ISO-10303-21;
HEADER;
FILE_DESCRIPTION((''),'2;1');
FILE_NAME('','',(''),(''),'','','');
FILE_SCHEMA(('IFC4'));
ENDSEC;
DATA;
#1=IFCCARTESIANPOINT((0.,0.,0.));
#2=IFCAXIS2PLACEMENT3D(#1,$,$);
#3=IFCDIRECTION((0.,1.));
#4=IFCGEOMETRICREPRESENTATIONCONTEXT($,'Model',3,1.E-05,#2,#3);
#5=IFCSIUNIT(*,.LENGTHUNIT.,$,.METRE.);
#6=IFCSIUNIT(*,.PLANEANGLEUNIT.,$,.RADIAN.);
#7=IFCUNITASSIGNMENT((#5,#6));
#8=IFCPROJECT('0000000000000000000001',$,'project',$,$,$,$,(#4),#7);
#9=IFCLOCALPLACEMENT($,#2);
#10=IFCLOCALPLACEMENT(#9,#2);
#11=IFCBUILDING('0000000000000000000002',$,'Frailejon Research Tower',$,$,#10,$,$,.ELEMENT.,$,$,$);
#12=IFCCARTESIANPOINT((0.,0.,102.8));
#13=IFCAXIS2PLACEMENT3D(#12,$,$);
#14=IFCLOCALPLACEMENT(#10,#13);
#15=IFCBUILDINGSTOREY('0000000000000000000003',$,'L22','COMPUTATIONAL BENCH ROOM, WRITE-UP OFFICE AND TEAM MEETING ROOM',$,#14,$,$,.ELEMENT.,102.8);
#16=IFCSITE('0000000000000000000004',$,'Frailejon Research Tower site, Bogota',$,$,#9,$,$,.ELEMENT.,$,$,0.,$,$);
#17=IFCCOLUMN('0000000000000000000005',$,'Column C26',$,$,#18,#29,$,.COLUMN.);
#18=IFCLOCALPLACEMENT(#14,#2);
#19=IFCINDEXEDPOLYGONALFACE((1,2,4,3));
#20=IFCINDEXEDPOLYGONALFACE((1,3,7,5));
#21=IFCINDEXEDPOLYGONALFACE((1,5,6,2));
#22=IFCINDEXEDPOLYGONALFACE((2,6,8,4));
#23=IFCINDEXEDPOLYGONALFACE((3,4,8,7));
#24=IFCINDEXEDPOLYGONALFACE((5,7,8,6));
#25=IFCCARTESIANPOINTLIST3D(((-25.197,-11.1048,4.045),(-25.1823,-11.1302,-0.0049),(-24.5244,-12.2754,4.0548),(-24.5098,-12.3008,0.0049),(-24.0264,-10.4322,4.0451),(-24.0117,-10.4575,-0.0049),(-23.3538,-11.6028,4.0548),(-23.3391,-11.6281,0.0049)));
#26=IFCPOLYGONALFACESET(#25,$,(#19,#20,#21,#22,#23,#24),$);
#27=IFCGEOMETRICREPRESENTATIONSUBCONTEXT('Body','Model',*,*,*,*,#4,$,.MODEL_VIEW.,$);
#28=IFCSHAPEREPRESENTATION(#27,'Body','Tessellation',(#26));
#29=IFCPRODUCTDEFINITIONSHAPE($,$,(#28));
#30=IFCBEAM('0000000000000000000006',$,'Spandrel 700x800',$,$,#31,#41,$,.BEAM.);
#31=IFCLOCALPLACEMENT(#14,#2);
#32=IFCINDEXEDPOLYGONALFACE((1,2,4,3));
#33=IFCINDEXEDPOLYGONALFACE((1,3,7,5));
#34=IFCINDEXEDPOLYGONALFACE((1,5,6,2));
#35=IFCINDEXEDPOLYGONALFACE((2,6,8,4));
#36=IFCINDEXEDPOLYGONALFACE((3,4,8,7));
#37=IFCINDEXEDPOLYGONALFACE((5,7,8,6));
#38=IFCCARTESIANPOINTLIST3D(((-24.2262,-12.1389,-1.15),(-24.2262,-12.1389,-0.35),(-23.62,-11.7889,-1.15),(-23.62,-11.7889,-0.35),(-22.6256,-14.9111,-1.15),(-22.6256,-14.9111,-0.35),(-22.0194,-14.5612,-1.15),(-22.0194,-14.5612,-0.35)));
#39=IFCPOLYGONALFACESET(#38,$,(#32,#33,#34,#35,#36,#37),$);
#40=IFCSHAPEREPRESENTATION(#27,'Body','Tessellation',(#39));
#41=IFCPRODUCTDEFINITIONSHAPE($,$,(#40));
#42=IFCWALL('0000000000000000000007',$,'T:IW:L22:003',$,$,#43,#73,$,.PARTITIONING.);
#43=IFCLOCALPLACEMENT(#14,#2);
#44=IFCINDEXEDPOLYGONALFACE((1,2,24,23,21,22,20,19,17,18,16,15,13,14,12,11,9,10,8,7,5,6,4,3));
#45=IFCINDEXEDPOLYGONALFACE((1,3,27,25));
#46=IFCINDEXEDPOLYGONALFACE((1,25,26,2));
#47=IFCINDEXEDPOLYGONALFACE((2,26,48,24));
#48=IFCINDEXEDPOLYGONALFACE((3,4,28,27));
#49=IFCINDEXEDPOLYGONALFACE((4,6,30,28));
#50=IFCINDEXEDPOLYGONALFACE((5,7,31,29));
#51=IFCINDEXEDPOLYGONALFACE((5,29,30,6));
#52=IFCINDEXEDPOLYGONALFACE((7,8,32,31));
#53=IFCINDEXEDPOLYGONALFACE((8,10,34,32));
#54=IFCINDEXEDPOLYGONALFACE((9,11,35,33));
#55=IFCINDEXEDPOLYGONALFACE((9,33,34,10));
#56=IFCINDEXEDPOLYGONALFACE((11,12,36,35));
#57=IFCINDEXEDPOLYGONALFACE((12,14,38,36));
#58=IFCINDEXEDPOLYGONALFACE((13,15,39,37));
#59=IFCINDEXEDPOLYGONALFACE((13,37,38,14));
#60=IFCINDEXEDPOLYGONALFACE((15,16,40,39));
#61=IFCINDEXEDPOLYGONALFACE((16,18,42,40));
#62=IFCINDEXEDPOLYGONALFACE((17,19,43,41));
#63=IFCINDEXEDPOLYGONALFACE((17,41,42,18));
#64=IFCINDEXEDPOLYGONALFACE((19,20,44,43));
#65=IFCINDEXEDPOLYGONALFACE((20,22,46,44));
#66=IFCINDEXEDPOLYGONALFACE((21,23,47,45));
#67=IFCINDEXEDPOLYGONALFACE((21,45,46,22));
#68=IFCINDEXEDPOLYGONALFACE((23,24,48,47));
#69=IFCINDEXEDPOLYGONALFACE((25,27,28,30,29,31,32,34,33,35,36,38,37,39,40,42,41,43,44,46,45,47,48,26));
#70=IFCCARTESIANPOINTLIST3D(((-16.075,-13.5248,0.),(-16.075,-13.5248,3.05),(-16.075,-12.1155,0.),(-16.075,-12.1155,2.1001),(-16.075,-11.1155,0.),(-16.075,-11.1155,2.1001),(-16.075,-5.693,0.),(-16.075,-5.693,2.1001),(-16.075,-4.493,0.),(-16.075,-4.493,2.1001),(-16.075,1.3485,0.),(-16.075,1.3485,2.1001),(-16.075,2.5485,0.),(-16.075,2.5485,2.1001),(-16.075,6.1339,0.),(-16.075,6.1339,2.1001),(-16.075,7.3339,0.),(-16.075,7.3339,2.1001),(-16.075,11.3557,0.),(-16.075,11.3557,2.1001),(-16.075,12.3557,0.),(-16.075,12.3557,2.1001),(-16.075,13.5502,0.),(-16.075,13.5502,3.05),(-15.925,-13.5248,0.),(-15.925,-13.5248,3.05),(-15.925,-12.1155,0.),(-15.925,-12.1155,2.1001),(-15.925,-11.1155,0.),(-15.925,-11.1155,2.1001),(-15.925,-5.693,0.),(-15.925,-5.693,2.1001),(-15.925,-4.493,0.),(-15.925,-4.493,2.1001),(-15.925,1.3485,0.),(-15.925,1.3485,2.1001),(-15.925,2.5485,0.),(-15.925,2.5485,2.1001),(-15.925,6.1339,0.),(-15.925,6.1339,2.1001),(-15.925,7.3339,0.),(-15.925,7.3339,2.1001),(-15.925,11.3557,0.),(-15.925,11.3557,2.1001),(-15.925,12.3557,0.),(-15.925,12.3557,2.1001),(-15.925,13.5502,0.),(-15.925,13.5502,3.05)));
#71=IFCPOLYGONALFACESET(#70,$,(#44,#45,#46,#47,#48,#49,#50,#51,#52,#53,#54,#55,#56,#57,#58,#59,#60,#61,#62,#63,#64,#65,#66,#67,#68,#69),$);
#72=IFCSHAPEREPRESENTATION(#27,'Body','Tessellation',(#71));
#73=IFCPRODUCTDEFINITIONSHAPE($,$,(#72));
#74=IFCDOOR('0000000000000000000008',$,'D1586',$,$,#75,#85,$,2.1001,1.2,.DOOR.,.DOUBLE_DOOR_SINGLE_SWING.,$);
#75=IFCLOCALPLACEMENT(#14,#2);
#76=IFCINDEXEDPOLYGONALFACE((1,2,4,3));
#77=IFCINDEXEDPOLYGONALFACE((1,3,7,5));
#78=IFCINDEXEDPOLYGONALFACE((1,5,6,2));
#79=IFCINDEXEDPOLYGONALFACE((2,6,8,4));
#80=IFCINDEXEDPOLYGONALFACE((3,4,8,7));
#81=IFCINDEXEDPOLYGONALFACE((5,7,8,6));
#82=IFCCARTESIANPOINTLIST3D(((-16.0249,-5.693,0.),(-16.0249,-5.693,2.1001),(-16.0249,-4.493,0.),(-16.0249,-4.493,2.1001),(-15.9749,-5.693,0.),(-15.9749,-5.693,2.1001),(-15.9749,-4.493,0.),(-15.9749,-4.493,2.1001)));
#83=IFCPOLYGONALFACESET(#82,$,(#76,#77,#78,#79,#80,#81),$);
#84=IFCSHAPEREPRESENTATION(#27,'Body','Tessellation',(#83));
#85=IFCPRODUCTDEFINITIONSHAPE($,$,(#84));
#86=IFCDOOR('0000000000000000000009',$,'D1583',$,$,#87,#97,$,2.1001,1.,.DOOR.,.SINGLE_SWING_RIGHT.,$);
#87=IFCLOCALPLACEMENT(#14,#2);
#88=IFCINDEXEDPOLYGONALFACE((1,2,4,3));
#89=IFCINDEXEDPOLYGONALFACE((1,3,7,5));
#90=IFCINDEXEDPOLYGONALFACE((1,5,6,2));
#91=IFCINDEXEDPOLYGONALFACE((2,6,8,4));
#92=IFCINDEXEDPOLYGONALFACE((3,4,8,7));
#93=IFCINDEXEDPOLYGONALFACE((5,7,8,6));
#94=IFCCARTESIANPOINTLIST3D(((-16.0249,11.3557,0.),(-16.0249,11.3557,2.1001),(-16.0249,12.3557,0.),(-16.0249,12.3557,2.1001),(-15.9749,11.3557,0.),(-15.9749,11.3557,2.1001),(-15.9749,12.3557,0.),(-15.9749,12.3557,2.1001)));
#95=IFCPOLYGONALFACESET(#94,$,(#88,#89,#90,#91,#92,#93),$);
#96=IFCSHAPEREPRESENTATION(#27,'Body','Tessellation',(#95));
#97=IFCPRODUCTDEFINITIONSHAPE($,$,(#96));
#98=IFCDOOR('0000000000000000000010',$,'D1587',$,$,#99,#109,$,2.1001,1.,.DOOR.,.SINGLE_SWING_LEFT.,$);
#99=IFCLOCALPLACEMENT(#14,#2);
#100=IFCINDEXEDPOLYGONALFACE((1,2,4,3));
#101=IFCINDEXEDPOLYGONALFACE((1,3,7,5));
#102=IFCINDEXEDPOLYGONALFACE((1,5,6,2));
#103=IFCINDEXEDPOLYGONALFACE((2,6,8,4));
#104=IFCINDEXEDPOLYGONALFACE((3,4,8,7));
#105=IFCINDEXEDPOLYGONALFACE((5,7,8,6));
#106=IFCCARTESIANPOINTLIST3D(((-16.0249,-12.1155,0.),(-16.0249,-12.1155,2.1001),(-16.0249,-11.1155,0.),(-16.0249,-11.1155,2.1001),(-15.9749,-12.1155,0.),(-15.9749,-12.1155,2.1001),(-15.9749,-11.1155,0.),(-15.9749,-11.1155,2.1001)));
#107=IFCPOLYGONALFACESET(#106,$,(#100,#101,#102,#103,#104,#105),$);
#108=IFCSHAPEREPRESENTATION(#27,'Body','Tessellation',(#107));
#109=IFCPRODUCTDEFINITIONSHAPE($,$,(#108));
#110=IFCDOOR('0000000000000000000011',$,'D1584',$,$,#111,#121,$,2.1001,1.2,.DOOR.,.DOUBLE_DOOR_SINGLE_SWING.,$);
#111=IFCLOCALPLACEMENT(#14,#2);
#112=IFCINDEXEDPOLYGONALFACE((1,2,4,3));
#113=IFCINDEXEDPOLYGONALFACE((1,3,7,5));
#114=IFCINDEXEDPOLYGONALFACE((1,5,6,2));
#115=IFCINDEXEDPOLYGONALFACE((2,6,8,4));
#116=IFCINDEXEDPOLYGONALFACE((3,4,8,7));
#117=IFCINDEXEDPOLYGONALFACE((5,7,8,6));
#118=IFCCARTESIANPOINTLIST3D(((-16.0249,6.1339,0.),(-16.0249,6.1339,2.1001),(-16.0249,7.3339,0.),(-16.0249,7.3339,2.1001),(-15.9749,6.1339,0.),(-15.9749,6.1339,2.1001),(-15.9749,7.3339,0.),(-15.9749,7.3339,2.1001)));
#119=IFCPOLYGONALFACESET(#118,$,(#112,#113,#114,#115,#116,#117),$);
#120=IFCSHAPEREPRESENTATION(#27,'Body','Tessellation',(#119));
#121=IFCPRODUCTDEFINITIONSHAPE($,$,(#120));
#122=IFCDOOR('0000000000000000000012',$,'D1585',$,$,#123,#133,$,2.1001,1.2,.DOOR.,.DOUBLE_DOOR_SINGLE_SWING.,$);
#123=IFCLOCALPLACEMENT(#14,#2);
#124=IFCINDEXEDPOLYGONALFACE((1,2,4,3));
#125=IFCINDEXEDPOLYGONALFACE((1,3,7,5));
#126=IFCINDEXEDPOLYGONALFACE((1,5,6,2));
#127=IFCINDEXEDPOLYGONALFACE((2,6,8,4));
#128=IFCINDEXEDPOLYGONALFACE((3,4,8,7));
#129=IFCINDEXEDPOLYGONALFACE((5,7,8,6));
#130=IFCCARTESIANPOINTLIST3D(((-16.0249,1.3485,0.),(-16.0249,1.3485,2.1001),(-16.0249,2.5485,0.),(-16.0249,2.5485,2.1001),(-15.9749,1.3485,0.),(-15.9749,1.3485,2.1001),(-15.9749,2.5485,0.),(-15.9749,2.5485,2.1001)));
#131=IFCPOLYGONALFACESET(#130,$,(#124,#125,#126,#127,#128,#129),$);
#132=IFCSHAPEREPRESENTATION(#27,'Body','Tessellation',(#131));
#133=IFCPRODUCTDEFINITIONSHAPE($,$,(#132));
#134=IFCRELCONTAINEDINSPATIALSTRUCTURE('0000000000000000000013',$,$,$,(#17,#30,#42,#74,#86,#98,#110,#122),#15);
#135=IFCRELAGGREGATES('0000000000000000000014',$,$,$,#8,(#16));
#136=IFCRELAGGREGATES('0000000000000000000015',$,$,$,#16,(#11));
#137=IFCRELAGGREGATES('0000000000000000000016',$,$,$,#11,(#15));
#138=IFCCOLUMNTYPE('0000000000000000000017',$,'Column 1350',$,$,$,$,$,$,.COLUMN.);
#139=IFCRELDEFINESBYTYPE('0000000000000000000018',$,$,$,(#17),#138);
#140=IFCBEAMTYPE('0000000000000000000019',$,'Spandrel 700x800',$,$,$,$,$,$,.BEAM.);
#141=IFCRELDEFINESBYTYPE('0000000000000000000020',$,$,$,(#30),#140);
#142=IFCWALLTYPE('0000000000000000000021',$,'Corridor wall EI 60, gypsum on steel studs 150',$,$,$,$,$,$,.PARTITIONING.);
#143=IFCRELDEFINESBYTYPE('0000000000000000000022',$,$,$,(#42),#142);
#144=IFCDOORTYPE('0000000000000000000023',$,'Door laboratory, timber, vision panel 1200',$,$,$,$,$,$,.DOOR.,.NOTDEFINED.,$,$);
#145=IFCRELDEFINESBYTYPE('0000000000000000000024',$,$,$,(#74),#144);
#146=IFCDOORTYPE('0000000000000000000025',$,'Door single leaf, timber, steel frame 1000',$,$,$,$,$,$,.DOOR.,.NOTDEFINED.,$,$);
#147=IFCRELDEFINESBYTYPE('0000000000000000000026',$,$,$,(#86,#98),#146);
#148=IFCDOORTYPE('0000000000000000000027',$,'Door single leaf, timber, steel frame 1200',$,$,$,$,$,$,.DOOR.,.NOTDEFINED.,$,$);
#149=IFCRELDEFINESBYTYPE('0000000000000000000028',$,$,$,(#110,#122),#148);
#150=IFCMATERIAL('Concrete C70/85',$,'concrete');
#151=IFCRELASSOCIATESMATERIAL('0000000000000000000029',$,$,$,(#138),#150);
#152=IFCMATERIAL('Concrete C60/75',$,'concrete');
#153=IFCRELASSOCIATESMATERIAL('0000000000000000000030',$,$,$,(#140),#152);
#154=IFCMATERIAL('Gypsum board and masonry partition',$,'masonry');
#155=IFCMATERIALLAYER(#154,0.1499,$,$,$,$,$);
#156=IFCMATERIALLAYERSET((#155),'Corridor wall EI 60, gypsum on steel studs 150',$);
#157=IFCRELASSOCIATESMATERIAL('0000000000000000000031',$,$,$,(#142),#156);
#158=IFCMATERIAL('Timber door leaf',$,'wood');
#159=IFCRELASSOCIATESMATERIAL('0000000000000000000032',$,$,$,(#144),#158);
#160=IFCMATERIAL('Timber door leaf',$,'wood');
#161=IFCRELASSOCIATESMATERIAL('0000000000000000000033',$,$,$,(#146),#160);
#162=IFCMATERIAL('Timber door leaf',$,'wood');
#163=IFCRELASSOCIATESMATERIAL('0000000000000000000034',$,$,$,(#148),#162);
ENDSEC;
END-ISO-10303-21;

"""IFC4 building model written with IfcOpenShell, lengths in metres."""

from ifc_helpers import new_model, si_unit, direction, frame, frame_2d, origin, origin_2d, place, context, subcontext, project, spatial, rectangle, extrude, material, layer, layer_set, material_profile, profile_set, type_object, element, fill, save


model = new_model("IFC4")

# Units and contexts
model_context = context("Model", 3, precision=1e-05, world=origin(), true_north=direction((0.0, 1.0)))
body_context = subcontext(model_context, "Body", "Model", "MODEL_VIEW")
ifc_project = project(units=[si_unit("LENGTHUNIT", "METRE"), si_unit("PLANEANGLEUNIT", "RADIAN")], contexts=[model_context])

# Site, building, storey
site_placement = place(None, origin())
site = spatial("IfcSite", under=ifc_project, at=site_placement, Name="Frailejon Research Tower site, Bogota", CompositionType="ELEMENT", RefElevation=0.0)
building_placement = place(site_placement, origin())
building = spatial("IfcBuilding", under=site, at=building_placement, Name="Frailejon Research Tower", CompositionType="ELEMENT")
storey_placement = place(building_placement, frame((0.0, 0.0, 102.8)))
storey = spatial("IfcBuildingStorey", under=building, at=storey_placement, Name="L22", Description="COMPUTATIONAL BENCH ROOM, WRITE-UP OFFICE AND TEAM MEETING ROOM", CompositionType="ELEMENT", Elevation=102.8)

# Column
ifc_material_1 = material(Name="Concrete C70/85", Category="concrete")
ifc_material_profile_1 = material_profile(ifc_material_1, rectangle(XDim=1.3501, YDim=1.3501, at=origin_2d()), Name="Column 1350")
ifc_profile_set_1 = profile_set([ifc_material_profile_1], Name="Concrete C70/85")
column_type = type_object("IfcColumnType", Name="Column 1350", PredefinedType="COLUMN", material=ifc_profile_set_1)
column_placement = place(storey_placement, frame((-24.2607, -11.3792, 0.0), z_axis=(-0.003617, 0.006269, 0.999974), x_axis=(0.498177, -0.867045, 0.007238)))
element("IfcColumn", 1, at=column_placement, inside=storey, type_object=column_type, Name="Column C26", PredefinedType="COLUMN", context=body_context, shape_type="SweptSolid", body=[
    extrude(rectangle(XDim=1.3501, YDim=1.3501, at=origin_2d()), origin(), (0.0, 0.0, 1.0), 4.05),
])

# Beam
ifc_material_2 = material(Name="Concrete C60/75", Category="concrete")
ifc_material_profile_2 = material_profile(ifc_material_2, rectangle(XDim=0.7, YDim=0.8, at=origin_2d()), Name="Spandrel 700x800")
ifc_profile_set_2 = profile_set([ifc_material_profile_2], Name="Concrete C60/75")
beam_type = type_object("IfcBeamType", Name="Spandrel 700x800", PredefinedType="BEAM", material=ifc_profile_set_2)
beam_placement = place(storey_placement, frame((-23.9231, -11.9639, -0.75), z_axis=(0.500011, -0.866019, 0.0), x_axis=(0.866019, 0.500011, 0.0)))
element("IfcBeam", 2, at=beam_placement, inside=storey, type_object=beam_type, Name="Spandrel 700x800", PredefinedType="BEAM", context=body_context, shape_type="SweptSolid", body=[
    extrude(rectangle(XDim=0.7, YDim=0.8, at=origin_2d()), origin(), (0.0, 0.0, 1.0), 3.2012),
])

# Wall, openings, doors
ifc_material_3 = material(Name="Gypsum board and masonry partition", Category="masonry")
ifc_layer_1 = layer(ifc_material_3, 0.1499)
ifc_layer_set_1 = layer_set([ifc_layer_1], Name="Corridor wall EI 60, gypsum on steel studs 150")
wall_type = type_object("IfcWallType", Name="Corridor wall EI 60, gypsum on steel studs 150", PredefinedType="PARTITIONING", material=ifc_layer_set_1)
wall_1_placement = place(storey_placement, frame((-16.0, -13.5249, 0.0), z_axis=(0.0, 0.0, 1.0), x_axis=(0.0, 1.0, 0.0)))
wall_1 = element("IfcWall", 3, at=wall_1_placement, inside=storey, type_object=wall_type, Name="T:IW:L22:003", PredefinedType="PARTITIONING", context=body_context, shape_type="SweptSolid", body=[
    extrude(rectangle(XDim=27.075, YDim=0.1499, at=frame_2d((13.5376, 0.0))), origin(), (0.0, 0.0, 1.0), 3.05),
])
opening_1_placement = place(wall_1_placement, frame((24.8806, 0.0, 0.0)))
opening_1 = element("IfcOpeningElement", 4, at=opening_1_placement, cuts=wall_1, PredefinedType="OPENING", context=body_context, shape_type="SweptSolid", body=[
    extrude(rectangle(XDim=1.0, YDim=2.1001, at=frame_2d((0.5, 1.05))), frame((0.0, 0.085, 0.0), z_axis=(0.0, -1.0, 0.0), x_axis=(1.0, 0.0, 0.0)), (0.0, 0.0, 1.0), 0.1699),
])
opening_2_placement = place(wall_1_placement, frame((19.6587, 0.0, 0.0)))
opening_2 = element("IfcOpeningElement", 5, at=opening_2_placement, cuts=wall_1, PredefinedType="OPENING", context=body_context, shape_type="SweptSolid", body=[
    extrude(rectangle(XDim=1.2, YDim=2.1001, at=frame_2d((0.6001, 1.05))), frame((0.0, 0.085, 0.0), z_axis=(0.0, -1.0, 0.0), x_axis=(1.0, 0.0, 0.0)), (0.0, 0.0, 1.0), 0.1699),
])
opening_3_placement = place(wall_1_placement, frame((14.8733, 0.0, 0.0)))
opening_3 = element("IfcOpeningElement", 6, at=opening_3_placement, cuts=wall_1, PredefinedType="OPENING", context=body_context, shape_type="SweptSolid", body=[
    extrude(rectangle(XDim=1.2, YDim=2.1001, at=frame_2d((0.6001, 1.05))), frame((0.0, 0.085, 0.0), z_axis=(0.0, -1.0, 0.0), x_axis=(1.0, 0.0, 0.0)), (0.0, 0.0, 1.0), 0.1699),
])
opening_4_placement = place(wall_1_placement, frame((7.8318, 0.0, 0.0)))
opening_4 = element("IfcOpeningElement", 7, at=opening_4_placement, cuts=wall_1, PredefinedType="OPENING", context=body_context, shape_type="SweptSolid", body=[
    extrude(rectangle(XDim=1.2, YDim=2.1001, at=frame_2d((0.6001, 1.05))), frame((0.0, 0.085, 0.0), z_axis=(0.0, -1.0, 0.0), x_axis=(1.0, 0.0, 0.0)), (0.0, 0.0, 1.0), 0.1699),
])
opening_5_placement = place(wall_1_placement, frame((1.4094, 0.0, 0.0)))
opening_5 = element("IfcOpeningElement", 8, at=opening_5_placement, cuts=wall_1, PredefinedType="OPENING", context=body_context, shape_type="SweptSolid", body=[
    extrude(rectangle(XDim=1.0, YDim=2.1001, at=frame_2d((0.5, 1.05))), frame((0.0, 0.085, 0.0), z_axis=(0.0, -1.0, 0.0), x_axis=(1.0, 0.0, 0.0)), (0.0, 0.0, 1.0), 0.1699),
])
ifc_material_4 = material(Name="Timber door leaf", Category="wood")
door_type_1 = type_object("IfcDoorType", Name="Door laboratory, timber, vision panel 1200", OperationType="NOTDEFINED", PredefinedType="DOOR", material=ifc_material_4)
door_1_placement = place(opening_4_placement, origin())
door_1 = element("IfcDoor", 9, at=door_1_placement, inside=storey, type_object=door_type_1, Name="D1586", OperationType="DOUBLE_DOOR_SINGLE_SWING", OverallHeight=2.1001, OverallWidth=1.2, PredefinedType="DOOR", context=body_context, shape_type="SweptSolid", body=[
    extrude(rectangle(XDim=1.2, YDim=2.1001, at=frame_2d((0.6001, 1.05))), frame((0.0, 0.0249, 0.0), z_axis=(0.0, -1.0, 0.0), x_axis=(1.0, 0.0, 0.0)), (0.0, 0.0, 1.0), 0.05),
])
fill(opening_4, door_1)
ifc_material_5 = material(Name="Timber door leaf", Category="wood")
door_type_2 = type_object("IfcDoorType", Name="Door single leaf, timber, steel frame 1000", OperationType="NOTDEFINED", PredefinedType="DOOR", material=ifc_material_5)
door_2_placement = place(opening_1_placement, origin())
door_2 = element("IfcDoor", 10, at=door_2_placement, inside=storey, type_object=door_type_2, Name="D1583", OperationType="SINGLE_SWING_RIGHT", OverallHeight=2.1001, OverallWidth=1.0, PredefinedType="DOOR", context=body_context, shape_type="SweptSolid", body=[
    extrude(rectangle(XDim=1.0, YDim=2.1001, at=frame_2d((0.5, 1.05))), frame((0.0, 0.0249, 0.0), z_axis=(0.0, -1.0, 0.0), x_axis=(1.0, 0.0, 0.0)), (0.0, 0.0, 1.0), 0.05),
])
fill(opening_1, door_2)
door_3_placement = place(opening_5_placement, origin())
door_3 = element("IfcDoor", 11, at=door_3_placement, inside=storey, type_object=door_type_2, Name="D1587", OperationType="SINGLE_SWING_LEFT", OverallHeight=2.1001, OverallWidth=1.0, PredefinedType="DOOR", context=body_context, shape_type="SweptSolid", body=[
    extrude(rectangle(XDim=1.0, YDim=2.1001, at=frame_2d((0.5, 1.05))), frame((0.0, 0.0249, 0.0), z_axis=(0.0, -1.0, 0.0), x_axis=(1.0, 0.0, 0.0)), (0.0, 0.0, 1.0), 0.05),
])
fill(opening_5, door_3)
ifc_material_6 = material(Name="Timber door leaf", Category="wood")
door_type_3 = type_object("IfcDoorType", Name="Door single leaf, timber, steel frame 1200", OperationType="NOTDEFINED", PredefinedType="DOOR", material=ifc_material_6)
door_4_placement = place(opening_2_placement, origin())
door_4 = element("IfcDoor", 12, at=door_4_placement, inside=storey, type_object=door_type_3, Name="D1584", OperationType="DOUBLE_DOOR_SINGLE_SWING", OverallHeight=2.1001, OverallWidth=1.2, PredefinedType="DOOR", context=body_context, shape_type="SweptSolid", body=[
    extrude(rectangle(XDim=1.2, YDim=2.1001, at=frame_2d((0.6001, 1.05))), frame((0.0, 0.0249, 0.0), z_axis=(0.0, -1.0, 0.0), x_axis=(1.0, 0.0, 0.0)), (0.0, 0.0, 1.0), 0.05),
])
fill(opening_2, door_4)
door_5_placement = place(opening_3_placement, origin())
door_5 = element("IfcDoor", 13, at=door_5_placement, inside=storey, type_object=door_type_3, Name="D1585", OperationType="DOUBLE_DOOR_SINGLE_SWING", OverallHeight=2.1001, OverallWidth=1.2, PredefinedType="DOOR", context=body_context, shape_type="SweptSolid", body=[
    extrude(rectangle(XDim=1.2, YDim=2.1001, at=frame_2d((0.6001, 1.05))), frame((0.0, 0.0249, 0.0), z_axis=(0.0, -1.0, 0.0), x_axis=(1.0, 0.0, 0.0)), (0.0, 0.0, 1.0), 0.05),
])
fill(opening_3, door_5)

save(model, "model.ifc")
